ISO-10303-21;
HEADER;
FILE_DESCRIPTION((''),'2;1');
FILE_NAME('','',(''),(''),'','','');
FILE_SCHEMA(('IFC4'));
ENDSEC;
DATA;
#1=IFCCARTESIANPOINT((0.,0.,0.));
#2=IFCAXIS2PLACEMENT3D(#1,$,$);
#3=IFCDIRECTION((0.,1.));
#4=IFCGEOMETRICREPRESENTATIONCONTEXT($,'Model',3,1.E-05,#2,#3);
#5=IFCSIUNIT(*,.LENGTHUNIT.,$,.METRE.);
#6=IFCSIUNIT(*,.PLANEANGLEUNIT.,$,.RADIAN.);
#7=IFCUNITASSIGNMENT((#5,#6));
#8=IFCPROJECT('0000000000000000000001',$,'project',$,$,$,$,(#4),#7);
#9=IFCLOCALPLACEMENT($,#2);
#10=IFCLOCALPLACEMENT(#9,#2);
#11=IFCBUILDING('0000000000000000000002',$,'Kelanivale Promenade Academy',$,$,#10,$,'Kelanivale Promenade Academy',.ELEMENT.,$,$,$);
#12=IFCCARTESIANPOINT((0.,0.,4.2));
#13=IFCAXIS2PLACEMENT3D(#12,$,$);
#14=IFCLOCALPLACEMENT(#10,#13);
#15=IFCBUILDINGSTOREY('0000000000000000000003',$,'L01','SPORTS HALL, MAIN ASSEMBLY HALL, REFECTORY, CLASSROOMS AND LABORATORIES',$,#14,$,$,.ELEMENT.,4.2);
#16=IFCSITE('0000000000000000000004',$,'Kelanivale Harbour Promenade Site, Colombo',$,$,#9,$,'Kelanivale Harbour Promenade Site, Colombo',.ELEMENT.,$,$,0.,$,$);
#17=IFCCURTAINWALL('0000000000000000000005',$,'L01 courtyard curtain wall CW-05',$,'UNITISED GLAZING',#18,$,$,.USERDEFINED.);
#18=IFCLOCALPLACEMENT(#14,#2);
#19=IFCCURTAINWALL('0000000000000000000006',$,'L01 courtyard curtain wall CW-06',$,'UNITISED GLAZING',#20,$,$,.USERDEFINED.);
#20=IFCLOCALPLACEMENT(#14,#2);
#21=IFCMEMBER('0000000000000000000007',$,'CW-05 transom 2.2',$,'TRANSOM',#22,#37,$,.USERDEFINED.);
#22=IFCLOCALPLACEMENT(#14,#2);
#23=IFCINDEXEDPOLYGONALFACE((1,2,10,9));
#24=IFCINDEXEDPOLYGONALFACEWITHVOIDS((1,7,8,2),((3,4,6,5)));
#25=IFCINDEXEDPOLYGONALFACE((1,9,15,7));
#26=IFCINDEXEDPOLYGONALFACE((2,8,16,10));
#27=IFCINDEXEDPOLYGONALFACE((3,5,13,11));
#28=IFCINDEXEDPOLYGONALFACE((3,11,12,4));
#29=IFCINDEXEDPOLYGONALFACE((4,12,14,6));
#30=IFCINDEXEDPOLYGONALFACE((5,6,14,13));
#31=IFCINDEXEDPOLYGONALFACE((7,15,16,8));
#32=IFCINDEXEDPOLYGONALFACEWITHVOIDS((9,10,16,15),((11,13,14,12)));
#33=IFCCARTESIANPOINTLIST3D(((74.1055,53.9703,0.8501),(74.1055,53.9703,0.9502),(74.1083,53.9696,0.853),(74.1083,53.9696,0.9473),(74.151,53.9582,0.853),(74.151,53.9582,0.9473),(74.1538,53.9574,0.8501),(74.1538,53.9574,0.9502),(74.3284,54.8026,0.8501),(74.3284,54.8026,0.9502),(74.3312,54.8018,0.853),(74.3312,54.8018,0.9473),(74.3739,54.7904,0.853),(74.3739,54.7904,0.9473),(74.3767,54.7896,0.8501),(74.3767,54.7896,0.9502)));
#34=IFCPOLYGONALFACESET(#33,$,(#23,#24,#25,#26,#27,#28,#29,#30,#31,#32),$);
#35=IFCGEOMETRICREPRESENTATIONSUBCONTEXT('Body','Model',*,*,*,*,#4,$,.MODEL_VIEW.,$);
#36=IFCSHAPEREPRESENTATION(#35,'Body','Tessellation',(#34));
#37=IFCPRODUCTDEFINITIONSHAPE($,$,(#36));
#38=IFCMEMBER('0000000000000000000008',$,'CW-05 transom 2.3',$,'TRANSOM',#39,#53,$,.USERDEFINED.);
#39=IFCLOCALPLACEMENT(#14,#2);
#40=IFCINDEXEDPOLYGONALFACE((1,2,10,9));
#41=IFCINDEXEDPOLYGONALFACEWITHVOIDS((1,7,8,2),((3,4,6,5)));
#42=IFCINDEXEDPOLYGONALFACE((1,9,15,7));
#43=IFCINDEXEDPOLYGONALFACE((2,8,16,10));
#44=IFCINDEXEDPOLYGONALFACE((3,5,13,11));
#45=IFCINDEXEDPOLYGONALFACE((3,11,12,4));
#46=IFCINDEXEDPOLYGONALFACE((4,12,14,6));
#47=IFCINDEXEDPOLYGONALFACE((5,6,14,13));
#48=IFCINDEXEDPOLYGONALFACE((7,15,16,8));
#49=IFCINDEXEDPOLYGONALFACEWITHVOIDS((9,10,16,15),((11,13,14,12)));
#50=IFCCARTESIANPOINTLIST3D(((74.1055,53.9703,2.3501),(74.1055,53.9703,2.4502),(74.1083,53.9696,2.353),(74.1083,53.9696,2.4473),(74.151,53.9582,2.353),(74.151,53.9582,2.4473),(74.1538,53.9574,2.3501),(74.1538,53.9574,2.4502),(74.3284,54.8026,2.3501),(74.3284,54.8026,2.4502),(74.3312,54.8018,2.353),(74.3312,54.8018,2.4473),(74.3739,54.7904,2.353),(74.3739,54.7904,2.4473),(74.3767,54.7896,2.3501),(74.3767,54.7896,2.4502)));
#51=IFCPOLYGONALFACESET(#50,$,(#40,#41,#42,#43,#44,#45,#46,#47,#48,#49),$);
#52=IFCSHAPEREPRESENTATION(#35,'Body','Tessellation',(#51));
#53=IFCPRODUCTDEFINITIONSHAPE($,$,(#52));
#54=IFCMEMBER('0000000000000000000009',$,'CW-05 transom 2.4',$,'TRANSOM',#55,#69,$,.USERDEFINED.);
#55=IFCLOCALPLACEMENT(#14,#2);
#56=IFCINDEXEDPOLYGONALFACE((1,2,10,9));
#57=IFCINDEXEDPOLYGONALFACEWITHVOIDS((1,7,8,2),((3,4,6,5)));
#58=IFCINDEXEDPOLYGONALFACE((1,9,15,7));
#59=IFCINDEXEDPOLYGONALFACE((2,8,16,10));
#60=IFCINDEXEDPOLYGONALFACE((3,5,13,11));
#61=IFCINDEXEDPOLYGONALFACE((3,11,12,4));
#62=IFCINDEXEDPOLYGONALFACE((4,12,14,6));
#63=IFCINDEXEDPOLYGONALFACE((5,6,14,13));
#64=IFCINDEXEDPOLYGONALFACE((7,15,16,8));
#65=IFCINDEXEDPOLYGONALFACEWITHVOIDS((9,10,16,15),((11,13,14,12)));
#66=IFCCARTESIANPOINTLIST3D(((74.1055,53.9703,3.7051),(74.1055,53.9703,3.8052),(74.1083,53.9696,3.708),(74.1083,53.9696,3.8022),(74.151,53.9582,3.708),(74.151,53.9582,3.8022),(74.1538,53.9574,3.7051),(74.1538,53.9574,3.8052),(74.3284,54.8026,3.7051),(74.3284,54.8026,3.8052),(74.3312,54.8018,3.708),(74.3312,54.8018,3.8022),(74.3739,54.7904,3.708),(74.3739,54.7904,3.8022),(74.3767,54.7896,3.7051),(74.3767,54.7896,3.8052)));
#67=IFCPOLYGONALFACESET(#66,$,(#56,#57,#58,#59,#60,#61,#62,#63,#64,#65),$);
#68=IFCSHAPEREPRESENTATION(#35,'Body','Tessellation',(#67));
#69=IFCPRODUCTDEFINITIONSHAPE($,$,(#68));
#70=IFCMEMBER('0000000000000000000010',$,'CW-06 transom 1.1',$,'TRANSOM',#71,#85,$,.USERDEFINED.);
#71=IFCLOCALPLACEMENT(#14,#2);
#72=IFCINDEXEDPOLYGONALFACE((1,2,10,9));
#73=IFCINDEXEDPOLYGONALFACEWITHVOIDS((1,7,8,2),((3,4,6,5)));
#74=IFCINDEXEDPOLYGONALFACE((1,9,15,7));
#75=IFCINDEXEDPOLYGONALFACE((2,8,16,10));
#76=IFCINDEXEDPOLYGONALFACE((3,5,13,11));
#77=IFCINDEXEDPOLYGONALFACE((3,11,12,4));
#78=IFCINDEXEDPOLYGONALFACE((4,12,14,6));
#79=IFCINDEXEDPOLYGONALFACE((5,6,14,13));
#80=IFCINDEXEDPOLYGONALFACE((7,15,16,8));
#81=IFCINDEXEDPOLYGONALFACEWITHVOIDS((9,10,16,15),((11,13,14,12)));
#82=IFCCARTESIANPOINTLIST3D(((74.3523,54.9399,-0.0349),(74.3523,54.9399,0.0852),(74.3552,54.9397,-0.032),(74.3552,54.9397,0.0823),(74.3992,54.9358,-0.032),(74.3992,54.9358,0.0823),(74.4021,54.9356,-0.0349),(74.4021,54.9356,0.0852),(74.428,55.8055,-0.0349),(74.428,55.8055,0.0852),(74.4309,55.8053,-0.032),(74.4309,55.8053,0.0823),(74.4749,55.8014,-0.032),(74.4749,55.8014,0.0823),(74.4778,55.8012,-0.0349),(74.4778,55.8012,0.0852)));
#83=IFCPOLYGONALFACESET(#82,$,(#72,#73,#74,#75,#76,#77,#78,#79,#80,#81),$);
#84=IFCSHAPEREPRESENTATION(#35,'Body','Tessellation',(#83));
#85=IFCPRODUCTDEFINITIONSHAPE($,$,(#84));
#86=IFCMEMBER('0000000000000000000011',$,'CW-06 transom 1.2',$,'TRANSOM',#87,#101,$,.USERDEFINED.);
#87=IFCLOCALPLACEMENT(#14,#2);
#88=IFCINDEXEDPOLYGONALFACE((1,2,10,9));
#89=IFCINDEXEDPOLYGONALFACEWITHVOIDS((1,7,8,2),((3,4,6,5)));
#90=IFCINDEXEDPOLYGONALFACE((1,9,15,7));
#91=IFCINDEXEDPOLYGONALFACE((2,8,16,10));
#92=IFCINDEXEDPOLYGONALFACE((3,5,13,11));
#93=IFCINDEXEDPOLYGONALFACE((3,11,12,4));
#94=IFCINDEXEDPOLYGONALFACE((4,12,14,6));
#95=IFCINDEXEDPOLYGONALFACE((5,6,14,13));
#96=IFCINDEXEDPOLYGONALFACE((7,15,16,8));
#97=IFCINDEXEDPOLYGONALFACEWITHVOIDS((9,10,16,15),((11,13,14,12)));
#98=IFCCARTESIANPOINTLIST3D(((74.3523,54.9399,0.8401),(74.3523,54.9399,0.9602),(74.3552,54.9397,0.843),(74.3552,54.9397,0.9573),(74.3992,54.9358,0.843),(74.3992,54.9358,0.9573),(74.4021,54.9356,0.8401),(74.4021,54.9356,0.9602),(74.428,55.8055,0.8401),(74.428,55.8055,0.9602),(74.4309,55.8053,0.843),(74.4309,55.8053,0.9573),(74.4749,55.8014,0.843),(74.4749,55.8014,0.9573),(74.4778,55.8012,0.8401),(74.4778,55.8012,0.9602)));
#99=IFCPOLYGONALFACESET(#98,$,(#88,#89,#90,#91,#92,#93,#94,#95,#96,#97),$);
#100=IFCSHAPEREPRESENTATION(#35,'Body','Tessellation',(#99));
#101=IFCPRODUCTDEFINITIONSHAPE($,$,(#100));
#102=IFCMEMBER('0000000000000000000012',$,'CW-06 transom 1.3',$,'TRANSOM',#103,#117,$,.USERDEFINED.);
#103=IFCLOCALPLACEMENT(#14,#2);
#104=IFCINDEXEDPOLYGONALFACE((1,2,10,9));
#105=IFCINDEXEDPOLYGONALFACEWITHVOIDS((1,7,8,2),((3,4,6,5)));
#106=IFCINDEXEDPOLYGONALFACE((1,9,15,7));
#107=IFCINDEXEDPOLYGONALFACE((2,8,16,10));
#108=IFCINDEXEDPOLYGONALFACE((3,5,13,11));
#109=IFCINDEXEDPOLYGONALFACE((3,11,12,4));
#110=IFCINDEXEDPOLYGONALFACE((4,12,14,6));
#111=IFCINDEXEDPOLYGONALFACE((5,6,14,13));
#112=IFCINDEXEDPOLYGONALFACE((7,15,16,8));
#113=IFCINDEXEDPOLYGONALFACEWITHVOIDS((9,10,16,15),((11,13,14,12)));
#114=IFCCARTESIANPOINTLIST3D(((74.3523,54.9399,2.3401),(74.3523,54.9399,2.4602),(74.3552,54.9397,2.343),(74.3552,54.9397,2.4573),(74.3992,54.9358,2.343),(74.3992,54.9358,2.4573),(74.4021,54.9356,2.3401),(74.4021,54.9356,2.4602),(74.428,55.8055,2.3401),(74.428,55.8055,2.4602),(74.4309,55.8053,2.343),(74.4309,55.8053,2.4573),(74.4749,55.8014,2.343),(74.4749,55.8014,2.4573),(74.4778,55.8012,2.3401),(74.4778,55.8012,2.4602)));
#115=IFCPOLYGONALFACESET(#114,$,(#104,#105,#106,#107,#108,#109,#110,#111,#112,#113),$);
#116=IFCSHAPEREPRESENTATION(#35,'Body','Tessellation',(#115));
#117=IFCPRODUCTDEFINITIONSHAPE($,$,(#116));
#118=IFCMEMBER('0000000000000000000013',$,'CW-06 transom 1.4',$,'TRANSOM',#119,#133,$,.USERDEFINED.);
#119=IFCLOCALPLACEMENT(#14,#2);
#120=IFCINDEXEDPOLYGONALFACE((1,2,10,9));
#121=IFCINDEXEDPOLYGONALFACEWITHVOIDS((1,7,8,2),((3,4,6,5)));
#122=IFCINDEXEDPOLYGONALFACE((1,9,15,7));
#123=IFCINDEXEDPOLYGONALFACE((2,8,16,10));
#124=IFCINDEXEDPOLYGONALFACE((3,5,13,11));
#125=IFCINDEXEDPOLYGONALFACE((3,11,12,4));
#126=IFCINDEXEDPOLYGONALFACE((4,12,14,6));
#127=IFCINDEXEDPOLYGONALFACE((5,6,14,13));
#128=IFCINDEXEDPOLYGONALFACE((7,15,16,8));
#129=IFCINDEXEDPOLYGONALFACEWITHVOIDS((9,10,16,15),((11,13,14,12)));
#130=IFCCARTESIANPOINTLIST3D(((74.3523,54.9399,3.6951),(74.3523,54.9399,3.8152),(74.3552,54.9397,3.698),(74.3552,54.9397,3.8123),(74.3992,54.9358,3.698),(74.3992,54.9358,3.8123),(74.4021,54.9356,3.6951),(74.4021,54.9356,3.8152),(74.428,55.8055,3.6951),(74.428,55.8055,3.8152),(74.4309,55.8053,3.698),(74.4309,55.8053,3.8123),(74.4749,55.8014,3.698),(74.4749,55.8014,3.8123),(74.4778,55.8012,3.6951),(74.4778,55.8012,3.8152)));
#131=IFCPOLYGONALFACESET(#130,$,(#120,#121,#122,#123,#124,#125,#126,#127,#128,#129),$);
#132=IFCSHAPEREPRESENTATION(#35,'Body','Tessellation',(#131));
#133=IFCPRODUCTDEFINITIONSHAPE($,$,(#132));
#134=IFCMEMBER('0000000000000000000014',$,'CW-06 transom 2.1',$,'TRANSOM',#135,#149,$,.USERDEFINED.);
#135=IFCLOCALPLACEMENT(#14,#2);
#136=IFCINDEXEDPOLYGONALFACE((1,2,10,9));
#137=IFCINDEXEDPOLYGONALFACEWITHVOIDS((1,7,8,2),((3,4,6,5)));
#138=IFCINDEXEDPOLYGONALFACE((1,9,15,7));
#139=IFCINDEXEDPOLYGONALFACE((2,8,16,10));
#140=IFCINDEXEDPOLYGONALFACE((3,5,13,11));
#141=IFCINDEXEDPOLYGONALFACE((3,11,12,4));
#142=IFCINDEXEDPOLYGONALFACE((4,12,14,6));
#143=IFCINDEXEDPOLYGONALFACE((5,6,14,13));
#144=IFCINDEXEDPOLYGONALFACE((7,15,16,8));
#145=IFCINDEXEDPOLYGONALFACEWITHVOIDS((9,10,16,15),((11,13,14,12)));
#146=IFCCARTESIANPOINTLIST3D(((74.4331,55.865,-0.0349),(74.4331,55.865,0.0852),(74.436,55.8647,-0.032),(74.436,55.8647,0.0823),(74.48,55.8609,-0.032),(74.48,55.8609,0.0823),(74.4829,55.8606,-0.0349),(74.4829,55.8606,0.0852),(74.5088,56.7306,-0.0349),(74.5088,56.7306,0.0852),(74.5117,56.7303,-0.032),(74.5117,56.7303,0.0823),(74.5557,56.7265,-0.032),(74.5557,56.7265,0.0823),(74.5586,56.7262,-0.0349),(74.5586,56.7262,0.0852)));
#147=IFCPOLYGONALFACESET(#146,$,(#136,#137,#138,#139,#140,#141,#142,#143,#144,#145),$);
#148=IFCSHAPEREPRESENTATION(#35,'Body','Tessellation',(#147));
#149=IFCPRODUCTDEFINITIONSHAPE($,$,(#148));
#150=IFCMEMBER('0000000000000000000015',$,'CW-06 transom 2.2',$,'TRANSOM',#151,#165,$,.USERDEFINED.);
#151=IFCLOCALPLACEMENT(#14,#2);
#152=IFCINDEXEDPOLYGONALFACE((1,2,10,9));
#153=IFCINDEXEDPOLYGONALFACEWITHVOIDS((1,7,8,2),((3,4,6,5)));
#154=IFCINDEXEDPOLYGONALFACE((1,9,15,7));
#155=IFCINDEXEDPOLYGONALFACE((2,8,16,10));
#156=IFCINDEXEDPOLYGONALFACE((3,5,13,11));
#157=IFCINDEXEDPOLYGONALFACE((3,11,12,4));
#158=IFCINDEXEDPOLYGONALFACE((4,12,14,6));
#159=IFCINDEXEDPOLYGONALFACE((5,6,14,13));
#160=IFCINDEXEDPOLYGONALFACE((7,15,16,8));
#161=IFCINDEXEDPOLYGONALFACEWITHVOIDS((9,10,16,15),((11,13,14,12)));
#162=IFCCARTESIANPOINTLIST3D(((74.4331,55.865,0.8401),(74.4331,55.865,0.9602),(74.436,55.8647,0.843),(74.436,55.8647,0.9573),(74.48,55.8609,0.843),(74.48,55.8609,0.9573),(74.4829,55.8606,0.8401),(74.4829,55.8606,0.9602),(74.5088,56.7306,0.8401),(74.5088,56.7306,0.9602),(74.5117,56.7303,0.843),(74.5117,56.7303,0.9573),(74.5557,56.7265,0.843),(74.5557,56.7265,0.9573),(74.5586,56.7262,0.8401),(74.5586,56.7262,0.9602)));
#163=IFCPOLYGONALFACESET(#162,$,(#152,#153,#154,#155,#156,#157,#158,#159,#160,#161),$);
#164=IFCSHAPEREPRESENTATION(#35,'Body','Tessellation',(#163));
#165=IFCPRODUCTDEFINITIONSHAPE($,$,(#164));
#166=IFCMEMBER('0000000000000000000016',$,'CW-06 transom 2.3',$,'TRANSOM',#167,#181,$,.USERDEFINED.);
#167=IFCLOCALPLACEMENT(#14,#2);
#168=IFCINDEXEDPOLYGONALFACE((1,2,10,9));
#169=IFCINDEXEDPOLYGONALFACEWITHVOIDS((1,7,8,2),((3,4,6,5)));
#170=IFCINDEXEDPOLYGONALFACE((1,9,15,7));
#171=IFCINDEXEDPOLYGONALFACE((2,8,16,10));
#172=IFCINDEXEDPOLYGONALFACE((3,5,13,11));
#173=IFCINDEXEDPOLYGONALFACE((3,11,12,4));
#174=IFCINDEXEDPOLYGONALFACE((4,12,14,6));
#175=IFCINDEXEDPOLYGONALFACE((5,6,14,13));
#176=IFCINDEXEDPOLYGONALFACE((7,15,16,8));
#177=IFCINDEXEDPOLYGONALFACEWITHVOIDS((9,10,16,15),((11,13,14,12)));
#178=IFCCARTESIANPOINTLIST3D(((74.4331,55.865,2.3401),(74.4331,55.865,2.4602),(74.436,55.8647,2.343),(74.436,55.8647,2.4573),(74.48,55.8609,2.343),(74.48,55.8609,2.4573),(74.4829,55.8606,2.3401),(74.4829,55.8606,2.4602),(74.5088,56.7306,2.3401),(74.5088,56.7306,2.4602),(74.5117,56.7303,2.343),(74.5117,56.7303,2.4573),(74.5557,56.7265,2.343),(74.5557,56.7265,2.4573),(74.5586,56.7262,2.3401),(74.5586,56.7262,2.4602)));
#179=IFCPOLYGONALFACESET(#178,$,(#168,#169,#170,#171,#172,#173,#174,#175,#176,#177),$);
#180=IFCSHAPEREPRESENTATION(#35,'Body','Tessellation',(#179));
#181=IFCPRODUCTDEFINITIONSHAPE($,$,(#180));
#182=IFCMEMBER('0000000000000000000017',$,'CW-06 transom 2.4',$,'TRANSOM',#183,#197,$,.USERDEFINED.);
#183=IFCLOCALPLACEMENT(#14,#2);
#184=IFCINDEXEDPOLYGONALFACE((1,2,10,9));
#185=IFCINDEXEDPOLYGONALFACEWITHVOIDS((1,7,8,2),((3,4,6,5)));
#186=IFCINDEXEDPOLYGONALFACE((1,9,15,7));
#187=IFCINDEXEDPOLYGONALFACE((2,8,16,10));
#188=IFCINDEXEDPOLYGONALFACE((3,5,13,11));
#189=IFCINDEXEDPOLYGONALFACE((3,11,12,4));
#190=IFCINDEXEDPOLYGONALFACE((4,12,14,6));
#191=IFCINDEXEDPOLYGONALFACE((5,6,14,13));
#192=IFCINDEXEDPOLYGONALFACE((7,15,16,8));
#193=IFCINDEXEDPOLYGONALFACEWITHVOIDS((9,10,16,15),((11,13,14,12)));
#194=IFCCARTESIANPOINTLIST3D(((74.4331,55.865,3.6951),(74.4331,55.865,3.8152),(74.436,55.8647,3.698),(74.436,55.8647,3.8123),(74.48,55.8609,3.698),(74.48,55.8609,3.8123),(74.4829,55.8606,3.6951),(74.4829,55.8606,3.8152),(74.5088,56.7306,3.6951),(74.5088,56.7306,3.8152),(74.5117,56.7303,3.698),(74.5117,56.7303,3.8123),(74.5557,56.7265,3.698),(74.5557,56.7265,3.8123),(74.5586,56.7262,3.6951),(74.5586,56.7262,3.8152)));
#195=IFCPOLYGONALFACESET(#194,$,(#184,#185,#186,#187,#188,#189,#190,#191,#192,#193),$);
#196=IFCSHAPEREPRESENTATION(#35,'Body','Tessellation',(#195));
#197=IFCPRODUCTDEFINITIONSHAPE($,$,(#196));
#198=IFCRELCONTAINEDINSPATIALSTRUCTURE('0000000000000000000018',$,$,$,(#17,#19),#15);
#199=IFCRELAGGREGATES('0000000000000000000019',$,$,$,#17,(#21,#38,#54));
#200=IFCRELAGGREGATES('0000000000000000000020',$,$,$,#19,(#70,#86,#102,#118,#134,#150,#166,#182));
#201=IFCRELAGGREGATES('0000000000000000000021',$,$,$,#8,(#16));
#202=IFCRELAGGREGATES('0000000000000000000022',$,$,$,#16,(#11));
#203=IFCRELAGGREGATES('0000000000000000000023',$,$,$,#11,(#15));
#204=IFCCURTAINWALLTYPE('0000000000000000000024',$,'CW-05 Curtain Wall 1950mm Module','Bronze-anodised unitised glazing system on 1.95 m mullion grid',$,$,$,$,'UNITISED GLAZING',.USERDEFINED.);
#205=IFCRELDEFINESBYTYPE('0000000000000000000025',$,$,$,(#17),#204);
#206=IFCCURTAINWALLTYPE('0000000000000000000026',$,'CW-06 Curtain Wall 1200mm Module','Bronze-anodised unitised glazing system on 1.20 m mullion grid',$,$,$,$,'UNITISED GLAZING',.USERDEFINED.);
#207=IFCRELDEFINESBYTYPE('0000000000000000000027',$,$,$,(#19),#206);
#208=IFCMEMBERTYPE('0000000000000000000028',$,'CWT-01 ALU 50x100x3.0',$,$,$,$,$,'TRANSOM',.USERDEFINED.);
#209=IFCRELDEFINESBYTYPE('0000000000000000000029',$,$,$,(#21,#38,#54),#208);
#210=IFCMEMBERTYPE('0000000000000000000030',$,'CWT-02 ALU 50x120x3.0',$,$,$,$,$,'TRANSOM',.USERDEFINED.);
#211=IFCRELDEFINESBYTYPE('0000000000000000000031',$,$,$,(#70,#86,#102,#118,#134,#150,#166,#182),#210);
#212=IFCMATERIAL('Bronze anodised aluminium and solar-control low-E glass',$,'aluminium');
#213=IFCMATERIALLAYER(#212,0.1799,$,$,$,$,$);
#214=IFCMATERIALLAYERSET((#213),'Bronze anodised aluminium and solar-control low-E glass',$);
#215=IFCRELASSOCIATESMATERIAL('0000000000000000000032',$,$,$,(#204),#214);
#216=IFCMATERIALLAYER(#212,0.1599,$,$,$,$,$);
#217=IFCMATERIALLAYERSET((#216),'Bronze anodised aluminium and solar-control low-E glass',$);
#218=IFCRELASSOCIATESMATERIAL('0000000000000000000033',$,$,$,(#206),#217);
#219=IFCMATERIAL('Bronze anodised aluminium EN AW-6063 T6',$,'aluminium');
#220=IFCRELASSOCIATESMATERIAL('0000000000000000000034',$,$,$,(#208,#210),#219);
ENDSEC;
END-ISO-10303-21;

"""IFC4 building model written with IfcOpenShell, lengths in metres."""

from ifc_helpers import new_model, si_unit, direction, frame, origin, origin_2d, place, context, subcontext, project, spatial, hollow_rectangle, extrude, material, layer, layer_set, material_profile, profile_set, type_object, element, aggregate, save


model = new_model("IFC4")

# Units and contexts
model_context = context("Model", 3, precision=1e-05, world=origin(), true_north=direction((0.0, 1.0)))
body_context = subcontext(model_context, "Body", "Model", "MODEL_VIEW")
ifc_project = project(units=[si_unit("LENGTHUNIT", "METRE"), si_unit("PLANEANGLEUNIT", "RADIAN")], contexts=[model_context])

# Site, building, storey
site_placement = place(None, origin())
site = spatial("IfcSite", under=ifc_project, at=site_placement, Name="Kelanivale Harbour Promenade Site, Colombo", LongName="Kelanivale Harbour Promenade Site, Colombo", CompositionType="ELEMENT", RefElevation=0.0)
building_placement = place(site_placement, origin())
building = spatial("IfcBuilding", under=site, at=building_placement, Name="Kelanivale Promenade Academy", LongName="Kelanivale Promenade Academy", CompositionType="ELEMENT")
storey_placement = place(building_placement, frame((0.0, 0.0, 4.2)))
storey = spatial("IfcBuildingStorey", under=building, at=storey_placement, Name="L01", Description="SPORTS HALL, MAIN ASSEMBLY HALL, REFECTORY, CLASSROOMS AND LABORATORIES", CompositionType="ELEMENT", Elevation=4.2)

# Curtain walls
ifc_material_1 = material(Name="Bronze anodised aluminium and solar-control low-E glass", Category="aluminium")
ifc_layer_1 = layer(ifc_material_1, 0.1799)
ifc_layer_set_1 = layer_set([ifc_layer_1], Name="Bronze anodised aluminium and solar-control low-E glass")
curtain_wall_type_1 = type_object("IfcCurtainWallType", Name="CW-05 Curtain Wall 1950mm Module", Description="Bronze-anodised unitised glazing system on 1.95 m mullion grid", ElementType="UNITISED GLAZING", PredefinedType="USERDEFINED", material=ifc_layer_set_1)
curtain_wall_1_placement = place(storey_placement, origin())
curtain_wall_1 = element("IfcCurtainWall", 1, at=curtain_wall_1_placement, inside=storey, type_object=curtain_wall_type_1, Name="L01 courtyard curtain wall CW-05", ObjectType="UNITISED GLAZING", PredefinedType="USERDEFINED")
ifc_material_2 = material(Name="Bronze anodised aluminium EN AW-6063 T6", Category="aluminium")
ifc_layer_2 = layer(ifc_material_1, 0.1599)
ifc_layer_set_2 = layer_set([ifc_layer_2], Name="Bronze anodised aluminium and solar-control low-E glass")
curtain_wall_type_2 = type_object("IfcCurtainWallType", Name="CW-06 Curtain Wall 1200mm Module", Description="Bronze-anodised unitised glazing system on 1.20 m mullion grid", ElementType="UNITISED GLAZING", PredefinedType="USERDEFINED", material=ifc_layer_set_2)
curtain_wall_2_placement = place(storey_placement, origin())
curtain_wall_2 = element("IfcCurtainWall", 2, at=curtain_wall_2_placement, inside=storey, type_object=curtain_wall_type_2, Name="L01 courtyard curtain wall CW-06", ObjectType="UNITISED GLAZING", PredefinedType="USERDEFINED")

# Members
ifc_material_profile_1 = material_profile(ifc_material_2, hollow_rectangle(XDim=0.05, YDim=0.1001, WallThickness=0.0029, at=origin_2d()), Name="ALU 50x100x3.0")
ifc_profile_set_1 = profile_set([ifc_material_profile_1], Name="Bronze anodised aluminium EN AW-6063 T6")
member_type_1 = type_object("IfcMemberType", Name="CWT-01 ALU 50x100x3.0", ElementType="TRANSOM", PredefinedType="USERDEFINED", material=ifc_profile_set_1)
member_1_placement = place(storey_placement, frame((74.1296, 53.9639, 0.9001), z_axis=(0.258703, 0.965957, 0.0), x_axis=(-0.965957, 0.258703, 0.0)))
member_1 = element("IfcMember", 3, at=member_1_placement, type_object=member_type_1, Name="CW-05 transom 2.2", ObjectType="TRANSOM", PredefinedType="USERDEFINED", context=body_context, shape_type="SweptSolid", body=[
    extrude(hollow_rectangle(XDim=0.05, YDim=0.1001, WallThickness=0.0029, at=origin_2d()), origin(), (0.0, 0.0, 1.0), 0.8616),
])
member_2_placement = place(storey_placement, frame((74.1296, 53.9639, 2.4001), z_axis=(0.258703, 0.965957, 0.0), x_axis=(-0.965957, 0.258703, 0.0)))
member_2 = element("IfcMember", 4, at=member_2_placement, type_object=member_type_1, Name="CW-05 transom 2.3", ObjectType="TRANSOM", PredefinedType="USERDEFINED", context=body_context, shape_type="SweptSolid", body=[
    extrude(hollow_rectangle(XDim=0.05, YDim=0.1001, WallThickness=0.0029, at=origin_2d()), origin(), (0.0, 0.0, 1.0), 0.8616),
])
member_3_placement = place(storey_placement, frame((74.1296, 53.9639, 3.7551), z_axis=(0.258703, 0.965957, 0.0), x_axis=(-0.965957, 0.258703, 0.0)))
member_3 = element("IfcMember", 5, at=member_3_placement, type_object=member_type_1, Name="CW-05 transom 2.4", ObjectType="TRANSOM", PredefinedType="USERDEFINED", context=body_context, shape_type="SweptSolid", body=[
    extrude(hollow_rectangle(XDim=0.05, YDim=0.1001, WallThickness=0.0029, at=origin_2d()), origin(), (0.0, 0.0, 1.0), 0.8616),
])
ifc_material_profile_2 = material_profile(ifc_material_2, hollow_rectangle(XDim=0.05, YDim=0.1201, WallThickness=0.0029, at=origin_2d()), Name="ALU 50x120x3.0")
ifc_profile_set_2 = profile_set([ifc_material_profile_2], Name="Bronze anodised aluminium EN AW-6063 T6")
member_type_2 = type_object("IfcMemberType", Name="CWT-02 ALU 50x120x3.0", ElementType="TRANSOM", PredefinedType="USERDEFINED", material=ifc_profile_set_2)
member_4_placement = place(storey_placement, frame((74.3772, 54.9377, 0.0251), z_axis=(0.087115, 0.996198, 0.0), x_axis=(-0.996198, 0.087115, 0.0)))
member_4 = element("IfcMember", 6, at=member_4_placement, type_object=member_type_2, Name="CW-06 transom 1.1", ObjectType="TRANSOM", PredefinedType="USERDEFINED", context=body_context, shape_type="SweptSolid", body=[
    extrude(hollow_rectangle(XDim=0.05, YDim=0.1201, WallThickness=0.0029, at=origin_2d()), origin(), (0.0, 0.0, 1.0), 0.8689),
])
member_5_placement = place(storey_placement, frame((74.3772, 54.9377, 0.9001), z_axis=(0.087115, 0.996198, 0.0), x_axis=(-0.996198, 0.087115, 0.0)))
member_5 = element("IfcMember", 7, at=member_5_placement, type_object=member_type_2, Name="CW-06 transom 1.2", ObjectType="TRANSOM", PredefinedType="USERDEFINED", context=body_context, shape_type="SweptSolid", body=[
    extrude(hollow_rectangle(XDim=0.05, YDim=0.1201, WallThickness=0.0029, at=origin_2d()), origin(), (0.0, 0.0, 1.0), 0.8689),
])
member_6_placement = place(storey_placement, frame((74.3772, 54.9377, 2.4001), z_axis=(0.087115, 0.996198, 0.0), x_axis=(-0.996198, 0.087115, 0.0)))
member_6 = element("IfcMember", 8, at=member_6_placement, type_object=member_type_2, Name="CW-06 transom 1.3", ObjectType="TRANSOM", PredefinedType="USERDEFINED", context=body_context, shape_type="SweptSolid", body=[
    extrude(hollow_rectangle(XDim=0.05, YDim=0.1201, WallThickness=0.0029, at=origin_2d()), origin(), (0.0, 0.0, 1.0), 0.8689),
])
member_7_placement = place(storey_placement, frame((74.3772, 54.9377, 3.7551), z_axis=(0.087115, 0.996198, 0.0), x_axis=(-0.996198, 0.087115, 0.0)))
member_7 = element("IfcMember", 9, at=member_7_placement, type_object=member_type_2, Name="CW-06 transom 1.4", ObjectType="TRANSOM", PredefinedType="USERDEFINED", context=body_context, shape_type="SweptSolid", body=[
    extrude(hollow_rectangle(XDim=0.05, YDim=0.1201, WallThickness=0.0029, at=origin_2d()), origin(), (0.0, 0.0, 1.0), 0.8689),
])
member_8_placement = place(storey_placement, frame((74.458, 55.8628, 0.0251), z_axis=(0.087115, 0.996198, 0.0), x_axis=(-0.996198, 0.087115, 0.0)))
member_8 = element("IfcMember", 10, at=member_8_placement, type_object=member_type_2, Name="CW-06 transom 2.1", ObjectType="TRANSOM", PredefinedType="USERDEFINED", context=body_context, shape_type="SweptSolid", body=[
    extrude(hollow_rectangle(XDim=0.05, YDim=0.1201, WallThickness=0.0029, at=origin_2d()), origin(), (0.0, 0.0, 1.0), 0.8689),
])
member_9_placement = place(storey_placement, frame((74.458, 55.8628, 0.9001), z_axis=(0.087115, 0.996198, 0.0), x_axis=(-0.996198, 0.087115, 0.0)))
member_9 = element("IfcMember", 11, at=member_9_placement, type_object=member_type_2, Name="CW-06 transom 2.2", ObjectType="TRANSOM", PredefinedType="USERDEFINED", context=body_context, shape_type="SweptSolid", body=[
    extrude(hollow_rectangle(XDim=0.05, YDim=0.1201, WallThickness=0.0029, at=origin_2d()), origin(), (0.0, 0.0, 1.0), 0.8689),
])
member_10_placement = place(storey_placement, frame((74.458, 55.8628, 2.4001), z_axis=(0.087115, 0.996198, 0.0), x_axis=(-0.996198, 0.087115, 0.0)))
member_10 = element("IfcMember", 12, at=member_10_placement, type_object=member_type_2, Name="CW-06 transom 2.3", ObjectType="TRANSOM", PredefinedType="USERDEFINED", context=body_context, shape_type="SweptSolid", body=[
    extrude(hollow_rectangle(XDim=0.05, YDim=0.1201, WallThickness=0.0029, at=origin_2d()), origin(), (0.0, 0.0, 1.0), 0.8689),
])
member_11_placement = place(storey_placement, frame((74.458, 55.8628, 3.7551), z_axis=(0.087115, 0.996198, 0.0), x_axis=(-0.996198, 0.087115, 0.0)))
member_11 = element("IfcMember", 13, at=member_11_placement, type_object=member_type_2, Name="CW-06 transom 2.4", ObjectType="TRANSOM", PredefinedType="USERDEFINED", context=body_context, shape_type="SweptSolid", body=[
    extrude(hollow_rectangle(XDim=0.05, YDim=0.1201, WallThickness=0.0029, at=origin_2d()), origin(), (0.0, 0.0, 1.0), 0.8689),
])

aggregate(curtain_wall_1, [member_1, member_2, member_3])
aggregate(curtain_wall_2, [member_4, member_5, member_6, member_7, member_8, member_9, member_10, member_11])

save(model, "model.ifc")
